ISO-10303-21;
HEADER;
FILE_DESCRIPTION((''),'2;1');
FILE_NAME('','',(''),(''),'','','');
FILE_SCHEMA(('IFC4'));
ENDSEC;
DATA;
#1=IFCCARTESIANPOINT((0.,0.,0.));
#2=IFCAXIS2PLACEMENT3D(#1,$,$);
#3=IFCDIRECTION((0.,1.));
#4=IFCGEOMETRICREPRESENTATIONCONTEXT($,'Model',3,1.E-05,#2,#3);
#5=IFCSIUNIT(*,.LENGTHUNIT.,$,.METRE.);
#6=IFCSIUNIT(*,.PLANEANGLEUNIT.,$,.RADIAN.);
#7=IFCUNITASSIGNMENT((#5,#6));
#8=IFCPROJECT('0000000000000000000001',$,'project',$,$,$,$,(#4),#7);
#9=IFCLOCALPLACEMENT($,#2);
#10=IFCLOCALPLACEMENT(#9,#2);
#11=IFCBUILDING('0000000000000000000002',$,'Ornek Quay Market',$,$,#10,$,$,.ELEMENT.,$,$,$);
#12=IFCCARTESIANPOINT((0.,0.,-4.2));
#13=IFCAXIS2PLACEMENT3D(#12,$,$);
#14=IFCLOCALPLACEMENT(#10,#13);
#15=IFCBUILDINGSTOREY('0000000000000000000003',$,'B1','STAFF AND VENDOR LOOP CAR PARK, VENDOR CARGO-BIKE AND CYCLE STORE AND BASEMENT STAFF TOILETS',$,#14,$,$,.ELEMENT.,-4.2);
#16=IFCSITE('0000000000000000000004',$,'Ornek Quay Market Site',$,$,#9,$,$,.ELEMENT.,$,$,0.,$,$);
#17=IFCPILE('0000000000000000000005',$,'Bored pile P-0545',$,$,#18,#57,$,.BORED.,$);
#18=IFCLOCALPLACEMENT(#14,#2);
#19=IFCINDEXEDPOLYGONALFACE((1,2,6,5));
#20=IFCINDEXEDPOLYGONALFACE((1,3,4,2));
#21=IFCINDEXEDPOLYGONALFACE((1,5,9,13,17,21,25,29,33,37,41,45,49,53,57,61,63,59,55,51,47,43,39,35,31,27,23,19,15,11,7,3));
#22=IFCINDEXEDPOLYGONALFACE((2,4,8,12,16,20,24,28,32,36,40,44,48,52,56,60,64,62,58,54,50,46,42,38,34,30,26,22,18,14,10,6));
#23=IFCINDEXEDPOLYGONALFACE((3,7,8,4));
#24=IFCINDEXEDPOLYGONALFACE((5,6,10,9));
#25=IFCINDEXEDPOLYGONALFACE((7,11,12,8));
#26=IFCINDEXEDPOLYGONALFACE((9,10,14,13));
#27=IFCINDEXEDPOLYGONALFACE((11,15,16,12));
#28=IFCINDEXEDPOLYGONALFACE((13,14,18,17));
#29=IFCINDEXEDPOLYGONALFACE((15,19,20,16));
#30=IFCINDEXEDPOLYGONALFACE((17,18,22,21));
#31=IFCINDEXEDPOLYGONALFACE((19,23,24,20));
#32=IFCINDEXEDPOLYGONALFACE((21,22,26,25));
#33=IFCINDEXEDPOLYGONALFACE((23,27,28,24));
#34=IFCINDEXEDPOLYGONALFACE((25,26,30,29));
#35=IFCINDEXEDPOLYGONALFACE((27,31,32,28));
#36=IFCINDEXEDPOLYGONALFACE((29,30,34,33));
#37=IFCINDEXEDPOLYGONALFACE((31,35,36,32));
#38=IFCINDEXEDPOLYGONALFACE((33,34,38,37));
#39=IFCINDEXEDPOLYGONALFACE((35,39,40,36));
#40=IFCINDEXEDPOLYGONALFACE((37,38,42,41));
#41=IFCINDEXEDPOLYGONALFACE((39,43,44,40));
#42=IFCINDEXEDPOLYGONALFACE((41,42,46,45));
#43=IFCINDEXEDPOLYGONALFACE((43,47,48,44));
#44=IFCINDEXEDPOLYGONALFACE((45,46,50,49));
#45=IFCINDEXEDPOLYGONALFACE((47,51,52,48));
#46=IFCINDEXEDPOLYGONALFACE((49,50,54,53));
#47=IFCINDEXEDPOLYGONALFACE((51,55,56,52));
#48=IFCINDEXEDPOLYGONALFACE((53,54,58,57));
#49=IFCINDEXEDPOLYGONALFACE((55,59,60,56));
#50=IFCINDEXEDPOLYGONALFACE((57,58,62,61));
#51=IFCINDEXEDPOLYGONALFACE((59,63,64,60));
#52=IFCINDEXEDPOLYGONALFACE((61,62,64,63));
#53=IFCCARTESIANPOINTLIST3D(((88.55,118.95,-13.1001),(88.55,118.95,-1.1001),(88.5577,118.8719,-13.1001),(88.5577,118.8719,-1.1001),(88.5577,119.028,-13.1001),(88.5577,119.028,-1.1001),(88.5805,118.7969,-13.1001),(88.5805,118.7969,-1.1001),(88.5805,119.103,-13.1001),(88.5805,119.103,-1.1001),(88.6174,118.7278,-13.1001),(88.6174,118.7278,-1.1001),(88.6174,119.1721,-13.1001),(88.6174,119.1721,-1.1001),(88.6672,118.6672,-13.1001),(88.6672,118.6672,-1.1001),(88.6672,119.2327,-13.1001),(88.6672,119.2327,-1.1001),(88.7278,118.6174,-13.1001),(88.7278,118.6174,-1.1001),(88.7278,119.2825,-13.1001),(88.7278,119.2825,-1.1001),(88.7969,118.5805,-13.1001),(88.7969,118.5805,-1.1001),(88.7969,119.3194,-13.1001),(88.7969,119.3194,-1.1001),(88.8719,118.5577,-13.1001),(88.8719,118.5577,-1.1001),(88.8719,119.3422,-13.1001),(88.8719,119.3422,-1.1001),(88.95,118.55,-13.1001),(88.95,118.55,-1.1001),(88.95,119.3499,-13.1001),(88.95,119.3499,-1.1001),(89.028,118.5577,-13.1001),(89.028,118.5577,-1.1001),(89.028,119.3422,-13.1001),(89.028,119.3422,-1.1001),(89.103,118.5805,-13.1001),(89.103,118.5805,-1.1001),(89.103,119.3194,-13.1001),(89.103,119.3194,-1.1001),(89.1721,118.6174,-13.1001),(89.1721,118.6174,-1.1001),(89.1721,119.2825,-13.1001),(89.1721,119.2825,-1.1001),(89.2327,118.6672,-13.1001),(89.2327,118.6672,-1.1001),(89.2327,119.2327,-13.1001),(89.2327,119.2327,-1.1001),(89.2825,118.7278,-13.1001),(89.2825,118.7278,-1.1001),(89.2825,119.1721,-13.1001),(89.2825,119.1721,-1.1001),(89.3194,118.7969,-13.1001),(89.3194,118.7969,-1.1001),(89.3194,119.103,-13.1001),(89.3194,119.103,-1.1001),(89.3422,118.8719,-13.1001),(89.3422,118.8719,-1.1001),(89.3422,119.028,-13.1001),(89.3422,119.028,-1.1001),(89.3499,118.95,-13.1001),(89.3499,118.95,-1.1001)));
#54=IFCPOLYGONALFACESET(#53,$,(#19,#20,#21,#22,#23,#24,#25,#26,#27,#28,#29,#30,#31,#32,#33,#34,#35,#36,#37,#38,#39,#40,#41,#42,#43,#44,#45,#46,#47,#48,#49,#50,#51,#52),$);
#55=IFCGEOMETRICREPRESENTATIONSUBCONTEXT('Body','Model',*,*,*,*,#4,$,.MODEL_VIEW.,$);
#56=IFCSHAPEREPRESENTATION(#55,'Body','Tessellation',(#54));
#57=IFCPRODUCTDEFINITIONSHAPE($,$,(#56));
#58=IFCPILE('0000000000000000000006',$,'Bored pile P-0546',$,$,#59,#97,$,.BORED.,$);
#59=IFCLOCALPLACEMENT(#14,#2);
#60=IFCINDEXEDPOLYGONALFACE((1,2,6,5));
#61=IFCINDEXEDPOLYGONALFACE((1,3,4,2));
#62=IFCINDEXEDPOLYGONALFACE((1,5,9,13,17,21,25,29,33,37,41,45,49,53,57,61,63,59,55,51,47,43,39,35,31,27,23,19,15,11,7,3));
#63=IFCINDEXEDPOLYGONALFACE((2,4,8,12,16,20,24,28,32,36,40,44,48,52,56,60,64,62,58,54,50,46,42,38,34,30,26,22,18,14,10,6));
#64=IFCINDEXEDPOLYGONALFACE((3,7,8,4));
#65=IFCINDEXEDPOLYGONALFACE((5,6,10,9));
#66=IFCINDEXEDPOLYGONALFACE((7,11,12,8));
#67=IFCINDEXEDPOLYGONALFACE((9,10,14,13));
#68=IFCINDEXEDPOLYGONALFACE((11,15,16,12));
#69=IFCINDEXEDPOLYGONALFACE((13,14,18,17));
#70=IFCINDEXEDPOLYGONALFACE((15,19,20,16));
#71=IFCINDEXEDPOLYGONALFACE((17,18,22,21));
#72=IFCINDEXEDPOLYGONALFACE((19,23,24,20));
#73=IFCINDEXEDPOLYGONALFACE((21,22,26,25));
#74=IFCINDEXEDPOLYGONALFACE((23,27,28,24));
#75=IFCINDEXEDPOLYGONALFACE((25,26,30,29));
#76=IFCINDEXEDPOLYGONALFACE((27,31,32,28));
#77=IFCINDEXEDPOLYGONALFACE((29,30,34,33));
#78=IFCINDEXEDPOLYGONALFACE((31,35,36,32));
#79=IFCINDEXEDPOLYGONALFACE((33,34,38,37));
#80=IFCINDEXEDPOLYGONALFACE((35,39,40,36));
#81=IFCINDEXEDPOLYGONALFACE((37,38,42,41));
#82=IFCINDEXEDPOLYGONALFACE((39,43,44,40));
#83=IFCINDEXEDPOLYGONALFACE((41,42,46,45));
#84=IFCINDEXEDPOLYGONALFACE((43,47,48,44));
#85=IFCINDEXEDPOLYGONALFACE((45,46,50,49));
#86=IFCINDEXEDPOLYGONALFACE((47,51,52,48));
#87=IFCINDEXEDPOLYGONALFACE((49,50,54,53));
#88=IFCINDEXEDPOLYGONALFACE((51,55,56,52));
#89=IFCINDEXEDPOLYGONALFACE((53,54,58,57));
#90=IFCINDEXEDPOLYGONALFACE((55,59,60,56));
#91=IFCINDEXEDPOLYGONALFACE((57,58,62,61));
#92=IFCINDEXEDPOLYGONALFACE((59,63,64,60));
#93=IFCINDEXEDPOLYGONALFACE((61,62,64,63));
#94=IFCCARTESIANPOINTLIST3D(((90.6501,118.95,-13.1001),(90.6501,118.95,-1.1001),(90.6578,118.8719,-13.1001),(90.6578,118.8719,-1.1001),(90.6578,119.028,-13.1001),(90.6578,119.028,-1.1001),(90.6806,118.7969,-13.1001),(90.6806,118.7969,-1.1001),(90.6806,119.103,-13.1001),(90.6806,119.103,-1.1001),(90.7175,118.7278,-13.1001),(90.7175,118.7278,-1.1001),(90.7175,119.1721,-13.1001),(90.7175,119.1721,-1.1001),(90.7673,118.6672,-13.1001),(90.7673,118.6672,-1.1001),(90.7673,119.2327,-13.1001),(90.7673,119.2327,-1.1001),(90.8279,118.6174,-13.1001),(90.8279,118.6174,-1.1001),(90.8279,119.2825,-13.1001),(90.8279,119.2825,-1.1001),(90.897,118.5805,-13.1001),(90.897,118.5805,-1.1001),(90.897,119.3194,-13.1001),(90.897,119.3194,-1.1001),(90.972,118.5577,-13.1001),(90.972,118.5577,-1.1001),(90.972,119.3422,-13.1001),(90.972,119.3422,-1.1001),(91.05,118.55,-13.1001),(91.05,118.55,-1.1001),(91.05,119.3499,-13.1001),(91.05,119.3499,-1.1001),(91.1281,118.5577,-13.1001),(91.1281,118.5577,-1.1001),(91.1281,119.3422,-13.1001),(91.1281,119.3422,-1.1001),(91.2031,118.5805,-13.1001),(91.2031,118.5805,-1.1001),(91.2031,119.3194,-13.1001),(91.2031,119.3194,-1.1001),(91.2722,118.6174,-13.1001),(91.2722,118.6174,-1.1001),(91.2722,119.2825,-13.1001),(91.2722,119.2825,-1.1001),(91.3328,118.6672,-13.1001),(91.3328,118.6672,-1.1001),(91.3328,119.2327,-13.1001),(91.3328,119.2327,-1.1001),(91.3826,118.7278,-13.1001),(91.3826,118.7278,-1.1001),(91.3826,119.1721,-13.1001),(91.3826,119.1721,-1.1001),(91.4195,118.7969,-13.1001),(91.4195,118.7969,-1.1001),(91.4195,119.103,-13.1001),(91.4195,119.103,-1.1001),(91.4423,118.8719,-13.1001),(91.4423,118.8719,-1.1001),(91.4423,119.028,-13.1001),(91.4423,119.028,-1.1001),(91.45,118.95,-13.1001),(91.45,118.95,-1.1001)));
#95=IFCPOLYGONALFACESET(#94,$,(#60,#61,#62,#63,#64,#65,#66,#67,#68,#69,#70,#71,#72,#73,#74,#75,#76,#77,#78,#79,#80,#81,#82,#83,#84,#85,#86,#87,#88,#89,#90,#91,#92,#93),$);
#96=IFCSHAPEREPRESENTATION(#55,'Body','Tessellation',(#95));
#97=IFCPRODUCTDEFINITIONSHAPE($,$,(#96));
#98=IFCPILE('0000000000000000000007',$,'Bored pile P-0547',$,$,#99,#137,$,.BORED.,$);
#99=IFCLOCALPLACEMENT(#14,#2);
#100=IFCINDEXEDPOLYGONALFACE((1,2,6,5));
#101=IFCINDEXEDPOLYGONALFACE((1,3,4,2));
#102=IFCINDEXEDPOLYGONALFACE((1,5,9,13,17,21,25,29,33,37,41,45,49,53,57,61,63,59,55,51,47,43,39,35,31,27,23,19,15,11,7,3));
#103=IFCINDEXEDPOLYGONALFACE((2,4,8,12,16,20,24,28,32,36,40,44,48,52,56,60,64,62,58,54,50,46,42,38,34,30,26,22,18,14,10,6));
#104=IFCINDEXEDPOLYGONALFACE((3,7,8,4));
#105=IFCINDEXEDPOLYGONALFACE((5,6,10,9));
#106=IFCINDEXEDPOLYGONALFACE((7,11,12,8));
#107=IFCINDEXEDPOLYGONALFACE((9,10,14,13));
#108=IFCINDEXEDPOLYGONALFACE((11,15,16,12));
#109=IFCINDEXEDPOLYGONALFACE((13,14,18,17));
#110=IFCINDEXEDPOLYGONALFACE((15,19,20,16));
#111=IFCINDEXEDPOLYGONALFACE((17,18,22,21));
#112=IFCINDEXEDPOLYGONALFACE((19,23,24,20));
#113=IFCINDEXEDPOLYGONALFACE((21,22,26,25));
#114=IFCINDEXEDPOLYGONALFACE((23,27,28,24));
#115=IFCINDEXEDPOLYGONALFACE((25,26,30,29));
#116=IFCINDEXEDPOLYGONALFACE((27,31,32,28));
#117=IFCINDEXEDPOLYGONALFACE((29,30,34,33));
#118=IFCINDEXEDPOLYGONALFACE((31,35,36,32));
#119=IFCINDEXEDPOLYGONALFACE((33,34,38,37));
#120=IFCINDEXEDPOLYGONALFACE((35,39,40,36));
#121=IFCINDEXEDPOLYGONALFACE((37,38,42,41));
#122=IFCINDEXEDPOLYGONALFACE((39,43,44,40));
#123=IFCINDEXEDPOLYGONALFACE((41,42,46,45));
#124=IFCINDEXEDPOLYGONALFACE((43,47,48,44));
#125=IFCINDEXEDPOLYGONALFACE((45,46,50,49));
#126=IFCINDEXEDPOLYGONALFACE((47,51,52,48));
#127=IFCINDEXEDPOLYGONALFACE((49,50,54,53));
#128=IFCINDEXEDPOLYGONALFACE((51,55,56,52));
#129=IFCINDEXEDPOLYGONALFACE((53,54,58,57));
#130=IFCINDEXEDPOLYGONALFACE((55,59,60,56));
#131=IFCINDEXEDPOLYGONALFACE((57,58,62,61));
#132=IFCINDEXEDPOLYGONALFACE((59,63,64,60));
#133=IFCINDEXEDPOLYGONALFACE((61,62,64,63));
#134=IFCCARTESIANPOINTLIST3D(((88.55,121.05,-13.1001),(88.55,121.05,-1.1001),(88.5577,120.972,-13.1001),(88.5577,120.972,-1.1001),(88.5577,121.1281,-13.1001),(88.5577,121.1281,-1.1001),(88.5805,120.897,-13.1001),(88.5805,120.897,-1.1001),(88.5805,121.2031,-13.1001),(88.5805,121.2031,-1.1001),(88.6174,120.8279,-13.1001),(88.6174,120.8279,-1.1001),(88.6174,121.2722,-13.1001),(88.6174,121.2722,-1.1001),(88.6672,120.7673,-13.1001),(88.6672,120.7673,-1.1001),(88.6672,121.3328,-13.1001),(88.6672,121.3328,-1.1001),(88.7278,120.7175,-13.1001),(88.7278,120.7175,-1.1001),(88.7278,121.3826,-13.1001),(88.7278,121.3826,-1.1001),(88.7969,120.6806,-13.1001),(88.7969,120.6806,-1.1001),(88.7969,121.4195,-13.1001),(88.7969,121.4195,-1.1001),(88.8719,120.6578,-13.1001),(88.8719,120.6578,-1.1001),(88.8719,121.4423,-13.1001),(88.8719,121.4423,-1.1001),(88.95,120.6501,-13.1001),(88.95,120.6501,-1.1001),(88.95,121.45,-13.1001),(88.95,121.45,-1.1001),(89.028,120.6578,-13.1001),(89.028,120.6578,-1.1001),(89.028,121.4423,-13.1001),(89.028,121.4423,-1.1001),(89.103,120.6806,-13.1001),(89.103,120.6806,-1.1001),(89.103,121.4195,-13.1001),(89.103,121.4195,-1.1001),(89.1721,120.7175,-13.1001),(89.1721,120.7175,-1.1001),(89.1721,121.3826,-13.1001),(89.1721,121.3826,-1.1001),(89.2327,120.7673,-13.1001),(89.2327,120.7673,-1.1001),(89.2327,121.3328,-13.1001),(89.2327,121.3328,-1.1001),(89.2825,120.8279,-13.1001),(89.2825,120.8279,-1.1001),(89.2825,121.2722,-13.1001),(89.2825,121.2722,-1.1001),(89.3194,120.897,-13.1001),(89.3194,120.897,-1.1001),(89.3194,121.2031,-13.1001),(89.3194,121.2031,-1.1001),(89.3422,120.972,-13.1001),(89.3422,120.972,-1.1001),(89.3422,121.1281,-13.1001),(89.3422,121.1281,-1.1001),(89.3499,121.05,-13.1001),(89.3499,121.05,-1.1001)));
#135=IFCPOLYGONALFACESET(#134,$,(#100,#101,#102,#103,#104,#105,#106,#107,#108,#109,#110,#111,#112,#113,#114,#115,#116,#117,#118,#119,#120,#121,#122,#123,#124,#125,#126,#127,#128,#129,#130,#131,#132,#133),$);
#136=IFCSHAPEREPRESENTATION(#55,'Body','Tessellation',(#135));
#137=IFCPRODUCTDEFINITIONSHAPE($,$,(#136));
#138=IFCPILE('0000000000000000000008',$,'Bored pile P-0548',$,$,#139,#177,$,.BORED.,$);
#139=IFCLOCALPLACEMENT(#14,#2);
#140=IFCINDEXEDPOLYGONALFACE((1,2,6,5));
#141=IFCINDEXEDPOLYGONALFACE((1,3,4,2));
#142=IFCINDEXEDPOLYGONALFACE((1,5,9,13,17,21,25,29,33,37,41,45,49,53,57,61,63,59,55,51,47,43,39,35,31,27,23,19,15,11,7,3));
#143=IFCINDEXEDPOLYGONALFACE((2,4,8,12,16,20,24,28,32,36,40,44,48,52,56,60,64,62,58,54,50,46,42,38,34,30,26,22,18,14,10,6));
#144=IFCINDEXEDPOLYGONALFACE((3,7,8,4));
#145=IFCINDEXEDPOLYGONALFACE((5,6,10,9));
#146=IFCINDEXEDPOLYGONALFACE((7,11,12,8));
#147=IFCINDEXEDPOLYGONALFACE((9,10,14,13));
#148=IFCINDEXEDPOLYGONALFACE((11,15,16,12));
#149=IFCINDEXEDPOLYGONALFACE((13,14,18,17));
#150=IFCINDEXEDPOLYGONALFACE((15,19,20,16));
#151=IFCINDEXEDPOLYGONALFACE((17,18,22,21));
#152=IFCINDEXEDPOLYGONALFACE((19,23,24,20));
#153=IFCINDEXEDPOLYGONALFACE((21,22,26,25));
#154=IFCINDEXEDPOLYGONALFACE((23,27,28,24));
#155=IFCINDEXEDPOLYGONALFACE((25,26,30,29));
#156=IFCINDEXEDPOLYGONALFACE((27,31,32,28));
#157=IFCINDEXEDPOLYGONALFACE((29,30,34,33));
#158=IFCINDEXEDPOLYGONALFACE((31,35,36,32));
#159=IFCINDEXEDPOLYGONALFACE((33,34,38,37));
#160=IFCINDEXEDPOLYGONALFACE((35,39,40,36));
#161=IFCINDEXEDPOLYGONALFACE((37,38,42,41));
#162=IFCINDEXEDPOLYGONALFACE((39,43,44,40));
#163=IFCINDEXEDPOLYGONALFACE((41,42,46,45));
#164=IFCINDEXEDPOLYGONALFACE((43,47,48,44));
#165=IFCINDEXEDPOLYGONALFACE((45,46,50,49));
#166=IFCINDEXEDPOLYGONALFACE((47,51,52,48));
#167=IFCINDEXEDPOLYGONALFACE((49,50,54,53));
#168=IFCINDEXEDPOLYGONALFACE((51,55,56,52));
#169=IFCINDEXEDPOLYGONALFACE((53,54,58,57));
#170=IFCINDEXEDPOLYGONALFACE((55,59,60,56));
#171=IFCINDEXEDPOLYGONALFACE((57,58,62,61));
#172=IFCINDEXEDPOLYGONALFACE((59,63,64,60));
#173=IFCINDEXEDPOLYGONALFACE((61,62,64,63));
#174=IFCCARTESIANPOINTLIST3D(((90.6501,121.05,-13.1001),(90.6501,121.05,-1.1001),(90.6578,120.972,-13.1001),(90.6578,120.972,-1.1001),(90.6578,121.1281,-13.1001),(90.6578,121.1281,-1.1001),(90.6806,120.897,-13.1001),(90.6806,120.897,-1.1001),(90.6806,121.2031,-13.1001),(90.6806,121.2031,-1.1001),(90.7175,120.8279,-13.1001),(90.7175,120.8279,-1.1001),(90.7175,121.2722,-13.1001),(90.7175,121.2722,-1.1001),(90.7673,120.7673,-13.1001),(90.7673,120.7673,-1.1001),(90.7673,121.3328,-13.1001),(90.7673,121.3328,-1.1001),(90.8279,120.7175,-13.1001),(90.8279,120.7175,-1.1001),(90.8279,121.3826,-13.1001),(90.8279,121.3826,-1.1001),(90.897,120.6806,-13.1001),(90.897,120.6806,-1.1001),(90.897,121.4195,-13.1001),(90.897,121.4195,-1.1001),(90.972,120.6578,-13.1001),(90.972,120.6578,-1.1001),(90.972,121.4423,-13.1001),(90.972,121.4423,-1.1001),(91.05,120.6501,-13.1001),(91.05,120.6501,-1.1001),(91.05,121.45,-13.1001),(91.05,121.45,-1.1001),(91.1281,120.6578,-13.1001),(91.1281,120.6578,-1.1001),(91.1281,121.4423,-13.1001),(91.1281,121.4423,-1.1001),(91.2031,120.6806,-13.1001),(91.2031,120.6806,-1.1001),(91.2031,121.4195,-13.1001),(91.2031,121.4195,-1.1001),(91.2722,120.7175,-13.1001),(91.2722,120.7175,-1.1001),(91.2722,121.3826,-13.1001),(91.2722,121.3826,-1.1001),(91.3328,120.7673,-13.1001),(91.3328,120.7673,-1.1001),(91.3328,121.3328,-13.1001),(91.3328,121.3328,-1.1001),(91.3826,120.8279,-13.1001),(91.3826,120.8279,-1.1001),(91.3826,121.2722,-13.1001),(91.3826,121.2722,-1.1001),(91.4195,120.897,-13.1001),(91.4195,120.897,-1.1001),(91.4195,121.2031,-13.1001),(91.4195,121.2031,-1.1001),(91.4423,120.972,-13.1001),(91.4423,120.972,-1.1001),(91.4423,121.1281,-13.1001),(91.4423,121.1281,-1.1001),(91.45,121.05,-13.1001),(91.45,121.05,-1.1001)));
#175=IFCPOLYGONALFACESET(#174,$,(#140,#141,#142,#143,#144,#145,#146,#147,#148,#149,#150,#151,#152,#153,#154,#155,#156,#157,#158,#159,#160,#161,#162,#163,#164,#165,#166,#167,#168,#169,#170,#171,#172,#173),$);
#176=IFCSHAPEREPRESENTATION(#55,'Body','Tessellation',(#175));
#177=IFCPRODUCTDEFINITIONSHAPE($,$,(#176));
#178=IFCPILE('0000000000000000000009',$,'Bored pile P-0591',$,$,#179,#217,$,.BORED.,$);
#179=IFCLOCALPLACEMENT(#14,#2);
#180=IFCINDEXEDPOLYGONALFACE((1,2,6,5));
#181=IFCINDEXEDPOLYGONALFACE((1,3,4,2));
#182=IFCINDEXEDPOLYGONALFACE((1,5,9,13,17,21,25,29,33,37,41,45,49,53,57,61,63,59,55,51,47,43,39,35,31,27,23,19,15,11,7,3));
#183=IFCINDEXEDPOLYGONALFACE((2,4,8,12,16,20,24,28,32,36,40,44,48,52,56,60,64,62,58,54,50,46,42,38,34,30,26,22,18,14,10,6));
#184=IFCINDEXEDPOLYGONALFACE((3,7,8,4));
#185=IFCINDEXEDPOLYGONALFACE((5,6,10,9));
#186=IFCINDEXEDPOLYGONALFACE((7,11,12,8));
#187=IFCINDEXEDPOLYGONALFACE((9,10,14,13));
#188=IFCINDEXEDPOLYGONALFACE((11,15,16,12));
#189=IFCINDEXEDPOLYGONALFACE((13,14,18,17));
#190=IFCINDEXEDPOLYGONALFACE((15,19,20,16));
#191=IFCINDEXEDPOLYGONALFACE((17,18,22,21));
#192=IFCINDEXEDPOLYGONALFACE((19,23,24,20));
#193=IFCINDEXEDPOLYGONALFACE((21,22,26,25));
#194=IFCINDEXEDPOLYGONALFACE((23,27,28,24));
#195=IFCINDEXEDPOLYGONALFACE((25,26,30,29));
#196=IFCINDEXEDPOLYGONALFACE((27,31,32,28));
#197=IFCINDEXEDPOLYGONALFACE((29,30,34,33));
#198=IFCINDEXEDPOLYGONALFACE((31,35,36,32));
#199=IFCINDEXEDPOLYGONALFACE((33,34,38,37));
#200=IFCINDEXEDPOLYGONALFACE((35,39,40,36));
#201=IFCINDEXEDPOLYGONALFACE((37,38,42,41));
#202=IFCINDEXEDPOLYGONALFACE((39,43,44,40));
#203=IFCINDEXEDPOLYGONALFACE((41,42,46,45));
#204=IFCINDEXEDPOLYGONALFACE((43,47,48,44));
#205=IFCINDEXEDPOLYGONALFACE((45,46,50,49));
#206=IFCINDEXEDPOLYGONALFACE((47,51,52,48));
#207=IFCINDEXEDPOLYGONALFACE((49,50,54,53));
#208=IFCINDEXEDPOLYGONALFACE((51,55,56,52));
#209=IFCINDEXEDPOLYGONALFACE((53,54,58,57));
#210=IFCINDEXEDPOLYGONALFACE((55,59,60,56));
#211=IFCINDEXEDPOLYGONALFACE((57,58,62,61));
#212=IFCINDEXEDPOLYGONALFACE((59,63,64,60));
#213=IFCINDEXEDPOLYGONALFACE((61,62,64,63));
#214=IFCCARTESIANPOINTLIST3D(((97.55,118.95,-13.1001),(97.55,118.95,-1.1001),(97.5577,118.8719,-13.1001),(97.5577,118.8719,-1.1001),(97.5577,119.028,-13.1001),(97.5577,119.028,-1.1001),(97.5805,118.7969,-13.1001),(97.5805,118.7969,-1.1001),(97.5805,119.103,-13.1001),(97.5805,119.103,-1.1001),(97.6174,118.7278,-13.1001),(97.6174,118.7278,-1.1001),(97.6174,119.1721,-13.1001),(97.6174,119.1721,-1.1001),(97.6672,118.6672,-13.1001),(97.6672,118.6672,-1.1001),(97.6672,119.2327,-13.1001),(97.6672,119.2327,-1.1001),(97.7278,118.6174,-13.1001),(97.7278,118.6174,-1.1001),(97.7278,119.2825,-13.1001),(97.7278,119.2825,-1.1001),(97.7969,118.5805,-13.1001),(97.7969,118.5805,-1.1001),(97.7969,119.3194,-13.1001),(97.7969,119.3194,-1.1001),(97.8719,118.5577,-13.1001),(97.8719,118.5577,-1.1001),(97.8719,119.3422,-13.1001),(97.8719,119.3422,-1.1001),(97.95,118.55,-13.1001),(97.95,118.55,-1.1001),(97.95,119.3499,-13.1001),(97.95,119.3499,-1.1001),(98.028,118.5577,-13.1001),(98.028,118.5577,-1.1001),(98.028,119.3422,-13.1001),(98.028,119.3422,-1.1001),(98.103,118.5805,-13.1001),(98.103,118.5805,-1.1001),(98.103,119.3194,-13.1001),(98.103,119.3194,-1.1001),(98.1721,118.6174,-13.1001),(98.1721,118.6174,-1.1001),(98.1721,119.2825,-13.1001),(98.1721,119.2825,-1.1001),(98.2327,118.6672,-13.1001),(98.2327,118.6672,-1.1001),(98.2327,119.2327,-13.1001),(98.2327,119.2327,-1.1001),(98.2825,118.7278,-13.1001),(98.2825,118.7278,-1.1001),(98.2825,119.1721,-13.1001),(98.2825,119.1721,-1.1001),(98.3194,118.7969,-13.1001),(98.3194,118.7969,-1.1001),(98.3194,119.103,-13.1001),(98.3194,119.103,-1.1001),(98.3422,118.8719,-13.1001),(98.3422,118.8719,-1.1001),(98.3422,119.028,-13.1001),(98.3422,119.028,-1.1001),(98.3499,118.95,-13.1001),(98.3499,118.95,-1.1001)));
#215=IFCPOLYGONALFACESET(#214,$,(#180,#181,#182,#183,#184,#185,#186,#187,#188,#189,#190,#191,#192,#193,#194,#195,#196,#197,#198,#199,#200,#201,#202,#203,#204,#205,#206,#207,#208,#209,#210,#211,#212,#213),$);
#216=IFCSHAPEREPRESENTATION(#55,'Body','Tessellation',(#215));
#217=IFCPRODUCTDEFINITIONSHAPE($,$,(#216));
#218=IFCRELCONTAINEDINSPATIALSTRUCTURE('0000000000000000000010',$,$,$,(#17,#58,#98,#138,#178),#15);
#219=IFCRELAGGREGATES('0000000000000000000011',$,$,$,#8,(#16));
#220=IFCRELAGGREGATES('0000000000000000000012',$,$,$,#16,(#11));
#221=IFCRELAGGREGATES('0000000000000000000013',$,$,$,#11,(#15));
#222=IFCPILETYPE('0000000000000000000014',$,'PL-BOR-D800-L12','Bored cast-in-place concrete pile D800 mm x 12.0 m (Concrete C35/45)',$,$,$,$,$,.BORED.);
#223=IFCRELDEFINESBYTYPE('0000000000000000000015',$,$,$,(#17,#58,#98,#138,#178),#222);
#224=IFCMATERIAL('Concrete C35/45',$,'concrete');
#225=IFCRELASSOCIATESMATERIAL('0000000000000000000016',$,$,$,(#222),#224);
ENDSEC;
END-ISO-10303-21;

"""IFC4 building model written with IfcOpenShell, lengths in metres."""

from ifc_helpers import new_model, si_unit, direction, frame, origin, origin_2d, place, context, subcontext, project, spatial, circle, extrude, material, material_profile, profile_set, type_object, element, save


model = new_model("IFC4")

# Units and contexts
model_context = context("Model", 3, precision=1e-05, world=origin(), true_north=direction((0.0, 1.0)))
body_context = subcontext(model_context, "Body", "Model", "MODEL_VIEW")
ifc_project = project(units=[si_unit("LENGTHUNIT", "METRE"), si_unit("PLANEANGLEUNIT", "RADIAN")], contexts=[model_context])

# Site, building, storey
site_placement = place(None, origin())
site = spatial("IfcSite", under=ifc_project, at=site_placement, Name="Ornek Quay Market Site", CompositionType="ELEMENT", RefElevation=0.0)
building_placement = place(site_placement, origin())
building = spatial("IfcBuilding", under=site, at=building_placement, Name="Ornek Quay Market", CompositionType="ELEMENT")
storey_placement = place(building_placement, frame((0.0, 0.0, -4.2)))
storey = spatial("IfcBuildingStorey", under=building, at=storey_placement, Name="B1", Description="STAFF AND VENDOR LOOP CAR PARK, VENDOR CARGO-BIKE AND CYCLE STORE AND BASEMENT STAFF TOILETS", CompositionType="ELEMENT", Elevation=-4.2)

# Piles
ifc_material_1 = material(Name="Concrete C35/45", Category="concrete")
ifc_material_profile_1 = material_profile(ifc_material_1, circle(Radius=0.3999, at=origin_2d()), Name="PILE D800", Category="concrete")
ifc_profile_set_1 = profile_set([ifc_material_profile_1], Name="Concrete C35/45")
pile_type_1 = type_object("IfcPileType", Name="PL-BOR-D800-L12", Description="Bored cast-in-place concrete pile D800 mm x 12.0 m (Concrete C35/45)", PredefinedType="BORED", material=ifc_profile_set_1)
for number, where, z_axis, x_axis, name in (
    (1, (88.95, 118.95, -1.1001), (0.0, 0.0, -1.0), (1.0, 0.0, 0.0), "Bored pile P-0545"),
    (2, (91.05, 118.95, -1.1001), (0.0, 0.0, -1.0), (1.0, 0.0, 0.0), "Bored pile P-0546"),
    (3, (88.95, 121.05, -1.1001), (0.0, 0.0, -1.0), (1.0, 0.0, 0.0), "Bored pile P-0547"),
    (4, (91.05, 121.05, -1.1001), (0.0, 0.0, -1.0), (1.0, 0.0, 0.0), "Bored pile P-0548"),
    (5, (97.95, 118.95, -1.1001), (0.0, 0.0, -1.0), (1.0, 0.0, 0.0), "Bored pile P-0591"),
):
    element("IfcPile", number, at=place(storey_placement, frame(where, z_axis=z_axis, x_axis=x_axis)), inside=storey, type_object=pile_type_1, Name=name, PredefinedType="BORED", context=body_context, shape_type="SweptSolid", body=[
        extrude(circle(Radius=0.3999, at=origin_2d()), origin(), (0.0, 0.0, 1.0), 12.0),
    ])

save(model, "model.ifc")
